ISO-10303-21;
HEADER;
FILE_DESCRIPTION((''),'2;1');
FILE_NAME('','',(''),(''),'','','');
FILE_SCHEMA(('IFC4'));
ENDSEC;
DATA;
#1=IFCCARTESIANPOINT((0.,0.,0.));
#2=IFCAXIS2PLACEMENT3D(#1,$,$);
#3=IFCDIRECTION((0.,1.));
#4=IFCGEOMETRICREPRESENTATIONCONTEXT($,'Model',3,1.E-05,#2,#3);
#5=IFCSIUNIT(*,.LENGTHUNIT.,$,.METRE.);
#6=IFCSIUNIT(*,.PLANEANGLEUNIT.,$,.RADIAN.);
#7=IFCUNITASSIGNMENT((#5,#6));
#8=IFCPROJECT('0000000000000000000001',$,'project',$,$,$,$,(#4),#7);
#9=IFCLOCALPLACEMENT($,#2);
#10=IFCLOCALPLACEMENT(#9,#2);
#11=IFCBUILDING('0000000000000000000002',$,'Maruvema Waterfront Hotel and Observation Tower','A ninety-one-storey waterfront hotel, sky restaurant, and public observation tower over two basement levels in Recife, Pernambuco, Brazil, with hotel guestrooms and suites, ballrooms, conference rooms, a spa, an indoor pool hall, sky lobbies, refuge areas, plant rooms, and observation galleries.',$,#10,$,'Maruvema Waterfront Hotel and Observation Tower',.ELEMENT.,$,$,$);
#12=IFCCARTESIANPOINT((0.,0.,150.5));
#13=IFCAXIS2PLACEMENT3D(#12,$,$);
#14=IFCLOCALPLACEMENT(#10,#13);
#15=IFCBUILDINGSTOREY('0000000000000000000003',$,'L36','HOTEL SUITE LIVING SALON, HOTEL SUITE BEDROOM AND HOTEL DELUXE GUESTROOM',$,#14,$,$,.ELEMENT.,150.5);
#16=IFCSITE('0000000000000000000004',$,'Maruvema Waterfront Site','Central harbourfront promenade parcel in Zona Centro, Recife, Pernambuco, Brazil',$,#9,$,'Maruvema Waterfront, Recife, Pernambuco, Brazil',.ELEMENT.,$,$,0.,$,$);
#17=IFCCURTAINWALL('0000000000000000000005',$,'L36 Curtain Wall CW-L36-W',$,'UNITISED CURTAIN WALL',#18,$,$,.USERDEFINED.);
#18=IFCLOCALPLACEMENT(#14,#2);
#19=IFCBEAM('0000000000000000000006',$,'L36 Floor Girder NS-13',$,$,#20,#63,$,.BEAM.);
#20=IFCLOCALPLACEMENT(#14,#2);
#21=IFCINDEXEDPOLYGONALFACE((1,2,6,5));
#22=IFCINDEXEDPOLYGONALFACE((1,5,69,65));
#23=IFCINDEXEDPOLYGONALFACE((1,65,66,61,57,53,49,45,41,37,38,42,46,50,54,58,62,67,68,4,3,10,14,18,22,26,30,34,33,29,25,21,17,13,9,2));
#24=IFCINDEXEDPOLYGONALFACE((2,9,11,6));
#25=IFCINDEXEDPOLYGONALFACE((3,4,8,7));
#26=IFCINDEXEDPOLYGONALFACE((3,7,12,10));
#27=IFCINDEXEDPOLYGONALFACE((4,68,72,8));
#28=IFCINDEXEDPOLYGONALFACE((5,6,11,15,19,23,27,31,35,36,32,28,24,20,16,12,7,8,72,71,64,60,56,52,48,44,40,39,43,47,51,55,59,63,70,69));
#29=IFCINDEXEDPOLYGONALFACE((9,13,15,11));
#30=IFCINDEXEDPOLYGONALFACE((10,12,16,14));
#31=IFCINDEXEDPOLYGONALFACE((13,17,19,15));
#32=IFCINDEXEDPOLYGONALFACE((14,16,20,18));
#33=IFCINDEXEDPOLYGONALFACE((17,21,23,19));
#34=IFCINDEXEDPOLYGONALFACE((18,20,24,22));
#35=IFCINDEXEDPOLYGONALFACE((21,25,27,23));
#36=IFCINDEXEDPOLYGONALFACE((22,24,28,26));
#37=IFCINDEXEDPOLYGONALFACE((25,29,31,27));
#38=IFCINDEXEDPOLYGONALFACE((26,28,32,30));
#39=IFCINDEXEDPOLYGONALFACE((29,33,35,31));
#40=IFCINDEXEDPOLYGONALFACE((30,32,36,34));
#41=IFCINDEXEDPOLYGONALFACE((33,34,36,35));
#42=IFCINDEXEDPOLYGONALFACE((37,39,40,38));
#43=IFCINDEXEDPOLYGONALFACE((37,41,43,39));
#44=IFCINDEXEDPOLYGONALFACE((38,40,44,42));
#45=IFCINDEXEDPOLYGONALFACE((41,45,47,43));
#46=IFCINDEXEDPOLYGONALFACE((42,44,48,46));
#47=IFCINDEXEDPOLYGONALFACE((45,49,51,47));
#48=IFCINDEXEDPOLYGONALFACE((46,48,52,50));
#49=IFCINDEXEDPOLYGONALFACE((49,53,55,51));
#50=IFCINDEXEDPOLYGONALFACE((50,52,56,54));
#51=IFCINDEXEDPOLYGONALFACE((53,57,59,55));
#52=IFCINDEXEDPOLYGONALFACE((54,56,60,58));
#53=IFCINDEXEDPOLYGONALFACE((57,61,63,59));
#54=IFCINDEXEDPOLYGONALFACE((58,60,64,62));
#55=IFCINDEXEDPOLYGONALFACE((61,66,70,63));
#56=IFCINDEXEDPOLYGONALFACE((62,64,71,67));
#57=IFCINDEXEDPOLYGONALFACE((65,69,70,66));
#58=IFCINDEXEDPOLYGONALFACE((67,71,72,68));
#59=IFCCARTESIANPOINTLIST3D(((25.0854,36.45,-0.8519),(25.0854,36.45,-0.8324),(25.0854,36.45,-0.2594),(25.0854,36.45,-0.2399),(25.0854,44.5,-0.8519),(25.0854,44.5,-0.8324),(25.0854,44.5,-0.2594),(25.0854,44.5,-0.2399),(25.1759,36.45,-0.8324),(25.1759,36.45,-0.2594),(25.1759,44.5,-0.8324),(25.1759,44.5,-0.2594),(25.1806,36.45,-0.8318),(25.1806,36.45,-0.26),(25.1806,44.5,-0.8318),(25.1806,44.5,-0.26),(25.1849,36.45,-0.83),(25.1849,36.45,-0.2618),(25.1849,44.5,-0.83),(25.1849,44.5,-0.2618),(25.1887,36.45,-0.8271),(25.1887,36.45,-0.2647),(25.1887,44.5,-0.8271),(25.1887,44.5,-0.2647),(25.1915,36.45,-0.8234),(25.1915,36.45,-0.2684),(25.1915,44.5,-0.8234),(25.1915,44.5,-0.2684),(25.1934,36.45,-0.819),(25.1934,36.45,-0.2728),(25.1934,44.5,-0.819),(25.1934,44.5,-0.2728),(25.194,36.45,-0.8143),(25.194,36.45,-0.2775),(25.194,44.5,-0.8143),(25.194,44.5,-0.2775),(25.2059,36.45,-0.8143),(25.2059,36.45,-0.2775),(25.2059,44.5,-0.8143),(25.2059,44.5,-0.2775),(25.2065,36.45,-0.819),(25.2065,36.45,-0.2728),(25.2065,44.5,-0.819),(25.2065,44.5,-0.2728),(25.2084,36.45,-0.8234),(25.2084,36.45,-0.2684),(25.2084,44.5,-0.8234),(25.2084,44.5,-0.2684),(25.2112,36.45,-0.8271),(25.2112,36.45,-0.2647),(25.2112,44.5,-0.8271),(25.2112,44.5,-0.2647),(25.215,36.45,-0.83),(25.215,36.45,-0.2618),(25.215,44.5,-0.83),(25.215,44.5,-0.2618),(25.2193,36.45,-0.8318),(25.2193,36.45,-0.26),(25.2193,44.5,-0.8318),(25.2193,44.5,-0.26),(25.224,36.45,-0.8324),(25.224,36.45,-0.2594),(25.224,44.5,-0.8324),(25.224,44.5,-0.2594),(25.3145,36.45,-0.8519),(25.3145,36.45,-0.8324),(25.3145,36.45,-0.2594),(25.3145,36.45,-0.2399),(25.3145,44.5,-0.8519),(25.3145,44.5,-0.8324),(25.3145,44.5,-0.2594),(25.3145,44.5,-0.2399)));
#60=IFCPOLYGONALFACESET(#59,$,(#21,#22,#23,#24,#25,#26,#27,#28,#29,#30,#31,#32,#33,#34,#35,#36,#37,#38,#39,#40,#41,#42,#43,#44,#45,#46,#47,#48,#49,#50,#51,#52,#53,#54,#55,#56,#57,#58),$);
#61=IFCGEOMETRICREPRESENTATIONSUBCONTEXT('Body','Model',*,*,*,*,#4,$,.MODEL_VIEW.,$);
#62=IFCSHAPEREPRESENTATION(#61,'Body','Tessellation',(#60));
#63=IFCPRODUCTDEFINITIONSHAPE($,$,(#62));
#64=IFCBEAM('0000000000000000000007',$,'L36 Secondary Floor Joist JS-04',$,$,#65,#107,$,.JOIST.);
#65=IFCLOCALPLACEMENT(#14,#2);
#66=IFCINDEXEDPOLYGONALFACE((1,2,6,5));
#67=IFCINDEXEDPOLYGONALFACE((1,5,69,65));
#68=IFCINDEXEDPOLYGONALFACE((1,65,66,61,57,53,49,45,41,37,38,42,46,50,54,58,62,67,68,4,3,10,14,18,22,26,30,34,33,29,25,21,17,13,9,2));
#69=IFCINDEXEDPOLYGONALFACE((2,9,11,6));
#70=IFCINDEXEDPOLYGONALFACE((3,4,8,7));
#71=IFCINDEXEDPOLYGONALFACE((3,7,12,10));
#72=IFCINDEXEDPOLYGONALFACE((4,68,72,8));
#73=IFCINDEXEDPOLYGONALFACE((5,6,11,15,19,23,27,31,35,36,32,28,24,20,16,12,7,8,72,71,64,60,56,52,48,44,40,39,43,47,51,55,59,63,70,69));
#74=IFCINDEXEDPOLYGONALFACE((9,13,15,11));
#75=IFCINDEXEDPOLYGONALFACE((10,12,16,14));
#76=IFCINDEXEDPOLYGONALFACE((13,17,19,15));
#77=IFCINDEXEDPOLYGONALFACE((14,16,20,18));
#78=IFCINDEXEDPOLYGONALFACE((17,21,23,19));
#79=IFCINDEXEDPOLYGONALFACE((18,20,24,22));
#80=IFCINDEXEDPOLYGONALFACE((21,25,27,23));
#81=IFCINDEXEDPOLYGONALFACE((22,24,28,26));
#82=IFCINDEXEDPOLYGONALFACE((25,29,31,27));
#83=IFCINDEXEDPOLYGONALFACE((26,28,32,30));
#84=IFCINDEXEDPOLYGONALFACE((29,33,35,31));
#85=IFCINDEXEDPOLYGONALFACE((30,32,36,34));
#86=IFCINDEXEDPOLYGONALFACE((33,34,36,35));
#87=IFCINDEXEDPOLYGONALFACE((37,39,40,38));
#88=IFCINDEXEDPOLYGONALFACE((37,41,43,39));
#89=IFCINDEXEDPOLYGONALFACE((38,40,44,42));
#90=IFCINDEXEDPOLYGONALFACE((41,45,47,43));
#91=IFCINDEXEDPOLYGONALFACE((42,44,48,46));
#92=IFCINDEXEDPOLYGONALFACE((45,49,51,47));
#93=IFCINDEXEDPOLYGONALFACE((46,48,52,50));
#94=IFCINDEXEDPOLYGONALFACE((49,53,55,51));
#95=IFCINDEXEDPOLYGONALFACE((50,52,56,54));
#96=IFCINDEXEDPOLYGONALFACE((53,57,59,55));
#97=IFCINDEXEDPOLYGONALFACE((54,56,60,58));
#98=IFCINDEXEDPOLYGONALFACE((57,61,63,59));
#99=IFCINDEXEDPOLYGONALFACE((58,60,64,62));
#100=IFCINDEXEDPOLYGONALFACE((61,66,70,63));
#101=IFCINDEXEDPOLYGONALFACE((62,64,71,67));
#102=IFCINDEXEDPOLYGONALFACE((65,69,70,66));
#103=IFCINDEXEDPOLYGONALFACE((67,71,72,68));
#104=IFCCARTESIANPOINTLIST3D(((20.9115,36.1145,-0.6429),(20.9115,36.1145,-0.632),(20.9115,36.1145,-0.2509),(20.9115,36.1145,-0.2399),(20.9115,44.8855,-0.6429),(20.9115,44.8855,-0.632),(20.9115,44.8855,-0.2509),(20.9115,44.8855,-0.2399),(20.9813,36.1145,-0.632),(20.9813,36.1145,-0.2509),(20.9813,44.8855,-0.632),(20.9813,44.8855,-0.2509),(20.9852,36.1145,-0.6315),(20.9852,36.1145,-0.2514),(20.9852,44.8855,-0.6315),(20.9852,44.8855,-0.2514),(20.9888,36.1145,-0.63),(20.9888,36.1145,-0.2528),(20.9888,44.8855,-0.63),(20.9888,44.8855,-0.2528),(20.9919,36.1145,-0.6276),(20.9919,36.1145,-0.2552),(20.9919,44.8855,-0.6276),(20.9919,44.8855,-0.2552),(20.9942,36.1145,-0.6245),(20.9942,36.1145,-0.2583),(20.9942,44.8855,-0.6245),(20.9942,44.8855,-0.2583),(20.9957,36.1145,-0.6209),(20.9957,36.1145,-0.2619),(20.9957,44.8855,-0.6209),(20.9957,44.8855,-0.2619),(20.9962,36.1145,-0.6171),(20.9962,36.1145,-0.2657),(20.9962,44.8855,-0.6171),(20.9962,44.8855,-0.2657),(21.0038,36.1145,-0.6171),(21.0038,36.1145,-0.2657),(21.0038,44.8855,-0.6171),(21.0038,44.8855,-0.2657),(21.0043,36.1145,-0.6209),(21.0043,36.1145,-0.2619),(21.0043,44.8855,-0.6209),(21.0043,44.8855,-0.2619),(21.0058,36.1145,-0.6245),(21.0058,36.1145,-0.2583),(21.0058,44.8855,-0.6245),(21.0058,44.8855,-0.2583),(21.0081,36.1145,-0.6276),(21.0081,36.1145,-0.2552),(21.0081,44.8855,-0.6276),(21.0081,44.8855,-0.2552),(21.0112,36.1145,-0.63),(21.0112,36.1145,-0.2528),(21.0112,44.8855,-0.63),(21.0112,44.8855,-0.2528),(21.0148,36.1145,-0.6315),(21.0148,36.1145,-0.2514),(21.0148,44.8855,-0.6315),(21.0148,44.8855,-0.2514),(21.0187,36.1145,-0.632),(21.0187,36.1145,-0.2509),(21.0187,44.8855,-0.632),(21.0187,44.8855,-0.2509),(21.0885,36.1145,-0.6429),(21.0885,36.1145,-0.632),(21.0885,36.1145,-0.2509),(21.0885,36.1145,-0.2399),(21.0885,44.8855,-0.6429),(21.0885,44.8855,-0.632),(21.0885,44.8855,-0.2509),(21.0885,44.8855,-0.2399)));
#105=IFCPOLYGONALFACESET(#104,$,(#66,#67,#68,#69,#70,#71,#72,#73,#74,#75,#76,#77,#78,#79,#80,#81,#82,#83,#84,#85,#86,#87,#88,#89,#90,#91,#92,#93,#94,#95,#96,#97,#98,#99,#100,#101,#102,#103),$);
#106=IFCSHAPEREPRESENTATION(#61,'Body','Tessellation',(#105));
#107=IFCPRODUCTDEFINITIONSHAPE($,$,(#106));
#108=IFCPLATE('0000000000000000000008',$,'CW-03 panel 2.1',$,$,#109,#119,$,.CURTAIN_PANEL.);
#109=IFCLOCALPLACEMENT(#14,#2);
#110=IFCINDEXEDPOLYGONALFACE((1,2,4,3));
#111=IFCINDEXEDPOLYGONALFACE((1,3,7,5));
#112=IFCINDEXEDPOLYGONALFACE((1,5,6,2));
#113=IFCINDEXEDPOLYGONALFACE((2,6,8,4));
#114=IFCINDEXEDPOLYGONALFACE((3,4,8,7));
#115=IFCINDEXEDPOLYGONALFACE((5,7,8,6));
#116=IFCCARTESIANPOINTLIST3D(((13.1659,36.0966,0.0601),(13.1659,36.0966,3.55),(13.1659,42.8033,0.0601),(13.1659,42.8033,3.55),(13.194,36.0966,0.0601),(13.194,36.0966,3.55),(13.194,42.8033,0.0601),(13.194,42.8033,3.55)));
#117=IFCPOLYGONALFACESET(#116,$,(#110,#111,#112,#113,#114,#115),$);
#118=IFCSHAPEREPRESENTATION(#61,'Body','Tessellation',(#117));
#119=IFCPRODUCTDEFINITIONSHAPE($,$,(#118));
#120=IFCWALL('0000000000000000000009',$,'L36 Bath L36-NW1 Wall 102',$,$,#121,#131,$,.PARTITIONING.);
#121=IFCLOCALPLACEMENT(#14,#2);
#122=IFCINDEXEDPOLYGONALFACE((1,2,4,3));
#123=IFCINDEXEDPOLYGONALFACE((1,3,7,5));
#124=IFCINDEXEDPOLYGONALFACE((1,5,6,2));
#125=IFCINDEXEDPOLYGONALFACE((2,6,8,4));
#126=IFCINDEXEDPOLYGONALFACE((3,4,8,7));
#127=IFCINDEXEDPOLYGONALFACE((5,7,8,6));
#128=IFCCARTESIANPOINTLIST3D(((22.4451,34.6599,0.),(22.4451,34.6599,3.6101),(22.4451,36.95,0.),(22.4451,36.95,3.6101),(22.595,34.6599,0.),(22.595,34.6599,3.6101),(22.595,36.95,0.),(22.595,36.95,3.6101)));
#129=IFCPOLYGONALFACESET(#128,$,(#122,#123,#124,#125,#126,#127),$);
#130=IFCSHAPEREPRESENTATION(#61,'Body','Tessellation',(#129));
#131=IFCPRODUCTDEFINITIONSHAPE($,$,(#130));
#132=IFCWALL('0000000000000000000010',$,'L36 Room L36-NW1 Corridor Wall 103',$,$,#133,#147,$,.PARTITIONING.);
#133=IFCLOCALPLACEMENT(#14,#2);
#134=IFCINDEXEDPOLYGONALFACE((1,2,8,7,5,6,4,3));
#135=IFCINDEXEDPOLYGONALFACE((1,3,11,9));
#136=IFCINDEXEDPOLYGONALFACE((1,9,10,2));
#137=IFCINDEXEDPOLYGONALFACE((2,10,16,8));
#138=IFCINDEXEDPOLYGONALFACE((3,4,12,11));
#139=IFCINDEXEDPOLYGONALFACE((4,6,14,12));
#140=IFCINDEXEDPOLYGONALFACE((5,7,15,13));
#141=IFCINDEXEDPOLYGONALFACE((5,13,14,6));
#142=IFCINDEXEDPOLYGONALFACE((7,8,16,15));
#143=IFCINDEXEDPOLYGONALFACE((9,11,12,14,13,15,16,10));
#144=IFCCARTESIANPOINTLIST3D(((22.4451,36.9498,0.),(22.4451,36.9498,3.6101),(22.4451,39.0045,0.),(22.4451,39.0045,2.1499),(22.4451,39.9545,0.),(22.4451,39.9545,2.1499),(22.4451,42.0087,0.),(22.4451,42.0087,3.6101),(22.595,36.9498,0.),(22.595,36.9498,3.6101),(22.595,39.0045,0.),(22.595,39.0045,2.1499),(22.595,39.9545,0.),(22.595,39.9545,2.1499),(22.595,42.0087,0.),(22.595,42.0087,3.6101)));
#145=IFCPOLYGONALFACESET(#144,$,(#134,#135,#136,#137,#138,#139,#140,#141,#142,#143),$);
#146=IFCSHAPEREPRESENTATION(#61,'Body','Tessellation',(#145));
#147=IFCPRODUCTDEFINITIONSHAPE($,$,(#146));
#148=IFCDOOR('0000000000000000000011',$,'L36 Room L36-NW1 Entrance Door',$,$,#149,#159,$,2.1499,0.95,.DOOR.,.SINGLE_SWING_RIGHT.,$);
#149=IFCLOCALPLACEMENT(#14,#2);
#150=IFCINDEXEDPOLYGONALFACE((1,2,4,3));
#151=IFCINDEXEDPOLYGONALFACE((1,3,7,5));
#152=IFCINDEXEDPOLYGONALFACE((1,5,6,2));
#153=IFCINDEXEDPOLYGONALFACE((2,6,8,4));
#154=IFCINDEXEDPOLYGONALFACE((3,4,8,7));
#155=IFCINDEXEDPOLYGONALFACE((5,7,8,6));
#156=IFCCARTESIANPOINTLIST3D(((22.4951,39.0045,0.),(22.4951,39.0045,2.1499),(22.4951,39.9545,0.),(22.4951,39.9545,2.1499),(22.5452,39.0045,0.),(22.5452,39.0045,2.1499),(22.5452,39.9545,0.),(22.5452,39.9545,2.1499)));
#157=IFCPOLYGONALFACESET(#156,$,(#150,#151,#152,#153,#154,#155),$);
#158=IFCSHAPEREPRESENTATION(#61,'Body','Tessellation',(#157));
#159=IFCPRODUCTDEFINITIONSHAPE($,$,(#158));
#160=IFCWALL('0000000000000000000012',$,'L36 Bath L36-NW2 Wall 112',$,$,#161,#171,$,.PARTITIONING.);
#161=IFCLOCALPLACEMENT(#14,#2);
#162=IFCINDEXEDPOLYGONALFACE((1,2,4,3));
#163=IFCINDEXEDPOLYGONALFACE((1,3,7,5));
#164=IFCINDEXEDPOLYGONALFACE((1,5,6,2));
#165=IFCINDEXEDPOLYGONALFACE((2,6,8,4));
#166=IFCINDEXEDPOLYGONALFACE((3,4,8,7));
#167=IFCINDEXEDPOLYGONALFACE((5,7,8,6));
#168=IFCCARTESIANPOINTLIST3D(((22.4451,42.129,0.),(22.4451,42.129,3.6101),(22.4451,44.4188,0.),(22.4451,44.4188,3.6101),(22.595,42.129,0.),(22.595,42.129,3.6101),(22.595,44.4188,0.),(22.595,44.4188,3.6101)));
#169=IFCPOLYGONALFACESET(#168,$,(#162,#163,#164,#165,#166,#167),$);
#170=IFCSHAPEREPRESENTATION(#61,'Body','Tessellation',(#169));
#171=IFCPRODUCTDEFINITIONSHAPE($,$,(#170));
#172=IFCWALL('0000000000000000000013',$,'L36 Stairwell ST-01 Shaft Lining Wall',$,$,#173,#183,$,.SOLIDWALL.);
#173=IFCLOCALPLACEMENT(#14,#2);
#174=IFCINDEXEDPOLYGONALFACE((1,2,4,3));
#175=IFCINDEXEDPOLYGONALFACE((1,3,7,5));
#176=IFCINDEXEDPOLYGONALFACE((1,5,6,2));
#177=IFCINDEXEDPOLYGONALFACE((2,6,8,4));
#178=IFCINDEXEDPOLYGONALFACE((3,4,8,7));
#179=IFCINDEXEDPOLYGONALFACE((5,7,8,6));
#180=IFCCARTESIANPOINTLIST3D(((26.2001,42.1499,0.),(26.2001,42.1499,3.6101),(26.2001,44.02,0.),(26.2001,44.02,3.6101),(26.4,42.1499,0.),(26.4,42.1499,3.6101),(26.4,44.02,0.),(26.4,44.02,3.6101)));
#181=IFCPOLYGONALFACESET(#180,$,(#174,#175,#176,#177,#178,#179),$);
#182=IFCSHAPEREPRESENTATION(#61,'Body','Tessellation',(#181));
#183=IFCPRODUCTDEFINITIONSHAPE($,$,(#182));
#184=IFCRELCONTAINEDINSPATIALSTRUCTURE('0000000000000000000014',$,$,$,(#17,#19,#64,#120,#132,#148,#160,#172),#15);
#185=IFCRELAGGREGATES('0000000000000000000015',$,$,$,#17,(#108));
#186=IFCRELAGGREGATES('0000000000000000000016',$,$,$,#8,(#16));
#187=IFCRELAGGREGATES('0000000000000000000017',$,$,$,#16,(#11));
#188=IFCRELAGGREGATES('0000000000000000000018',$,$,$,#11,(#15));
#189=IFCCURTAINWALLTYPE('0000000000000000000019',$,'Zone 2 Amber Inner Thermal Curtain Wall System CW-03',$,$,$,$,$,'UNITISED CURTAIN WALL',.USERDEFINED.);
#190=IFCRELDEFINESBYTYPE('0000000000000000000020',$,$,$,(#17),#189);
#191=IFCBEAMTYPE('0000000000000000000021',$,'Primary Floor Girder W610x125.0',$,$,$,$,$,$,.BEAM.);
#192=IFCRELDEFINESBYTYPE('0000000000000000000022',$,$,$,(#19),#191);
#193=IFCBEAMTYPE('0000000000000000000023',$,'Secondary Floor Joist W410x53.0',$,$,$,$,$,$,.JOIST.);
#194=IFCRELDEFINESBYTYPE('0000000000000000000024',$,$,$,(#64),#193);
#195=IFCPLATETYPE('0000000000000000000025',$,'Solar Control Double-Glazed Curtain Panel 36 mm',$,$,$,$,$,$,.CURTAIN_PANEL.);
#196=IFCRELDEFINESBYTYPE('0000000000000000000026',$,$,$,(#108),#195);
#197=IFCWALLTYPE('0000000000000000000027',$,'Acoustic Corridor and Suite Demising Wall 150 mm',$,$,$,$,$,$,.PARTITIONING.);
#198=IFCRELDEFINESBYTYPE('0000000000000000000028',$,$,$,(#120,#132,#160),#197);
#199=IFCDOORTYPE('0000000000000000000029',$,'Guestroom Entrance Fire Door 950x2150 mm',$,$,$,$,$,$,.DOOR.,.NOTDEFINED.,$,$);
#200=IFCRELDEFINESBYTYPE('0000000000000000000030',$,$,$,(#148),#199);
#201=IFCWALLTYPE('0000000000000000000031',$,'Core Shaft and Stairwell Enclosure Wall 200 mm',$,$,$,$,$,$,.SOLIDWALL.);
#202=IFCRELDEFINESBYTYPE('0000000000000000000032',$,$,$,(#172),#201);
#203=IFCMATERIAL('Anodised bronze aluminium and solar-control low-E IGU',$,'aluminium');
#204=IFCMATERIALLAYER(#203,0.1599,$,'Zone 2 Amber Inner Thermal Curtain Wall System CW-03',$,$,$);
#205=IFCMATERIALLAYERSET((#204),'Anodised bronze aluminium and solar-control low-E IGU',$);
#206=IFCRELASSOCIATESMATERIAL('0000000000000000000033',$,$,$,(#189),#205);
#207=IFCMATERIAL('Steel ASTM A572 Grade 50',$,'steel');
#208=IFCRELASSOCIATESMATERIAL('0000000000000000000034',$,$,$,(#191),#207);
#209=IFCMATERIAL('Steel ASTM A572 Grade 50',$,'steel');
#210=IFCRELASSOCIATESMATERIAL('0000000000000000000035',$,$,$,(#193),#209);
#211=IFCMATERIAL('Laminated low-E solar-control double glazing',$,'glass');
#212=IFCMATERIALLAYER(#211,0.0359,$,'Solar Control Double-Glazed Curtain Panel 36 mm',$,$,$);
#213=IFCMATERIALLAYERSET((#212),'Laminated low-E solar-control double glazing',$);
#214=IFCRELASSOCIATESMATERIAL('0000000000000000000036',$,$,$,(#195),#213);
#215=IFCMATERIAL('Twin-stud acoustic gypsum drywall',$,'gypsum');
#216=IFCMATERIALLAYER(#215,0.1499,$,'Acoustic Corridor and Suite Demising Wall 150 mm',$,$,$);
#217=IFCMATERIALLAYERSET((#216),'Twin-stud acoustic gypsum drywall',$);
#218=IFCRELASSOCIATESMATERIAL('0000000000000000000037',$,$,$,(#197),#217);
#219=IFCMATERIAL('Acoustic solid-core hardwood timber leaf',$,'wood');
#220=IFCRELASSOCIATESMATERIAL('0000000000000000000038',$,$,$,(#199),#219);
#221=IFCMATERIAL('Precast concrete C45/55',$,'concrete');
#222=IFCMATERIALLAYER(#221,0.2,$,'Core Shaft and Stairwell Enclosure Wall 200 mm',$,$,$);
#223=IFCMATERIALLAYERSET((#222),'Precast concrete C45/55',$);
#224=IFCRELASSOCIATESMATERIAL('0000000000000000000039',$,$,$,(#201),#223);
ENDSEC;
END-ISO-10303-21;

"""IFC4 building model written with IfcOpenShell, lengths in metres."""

from ifc_helpers import new_model, si_unit, direction, frame, frame_2d, origin, origin_2d, place, context, subcontext, project, spatial, rectangle, i_section, extrude, material, layer, layer_set, material_profile, profile_set, type_object, element, fill, aggregate, save


model = new_model("IFC4")

# Units and contexts
model_context = context("Model", 3, precision=1e-05, world=origin(), true_north=direction((0.0, 1.0)))
body_context = subcontext(model_context, "Body", "Model", "MODEL_VIEW")
ifc_project = project(units=[si_unit("LENGTHUNIT", "METRE"), si_unit("PLANEANGLEUNIT", "RADIAN")], contexts=[model_context])

# Site, building, storey
site_placement = place(None, origin())
site = spatial("IfcSite", under=ifc_project, at=site_placement, Name="Maruvema Waterfront Site", Description="Central harbourfront promenade parcel in Zona Centro, Recife, Pernambuco, Brazil", LongName="Maruvema Waterfront, Recife, Pernambuco, Brazil", CompositionType="ELEMENT", RefElevation=0.0)
building_placement = place(site_placement, origin())
building = spatial("IfcBuilding", under=site, at=building_placement, Name="Maruvema Waterfront Hotel and Observation Tower", Description="A ninety-one-storey waterfront hotel, sky restaurant, and public observation tower over two basement levels in Recife, Pernambuco, Brazil, with hotel guestrooms and suites, ballrooms, conference rooms, a spa, an indoor pool hall, sky lobbies, refuge areas, plant rooms, and observation galleries.", LongName="Maruvema Waterfront Hotel and Observation Tower", CompositionType="ELEMENT")
storey_placement = place(building_placement, frame((0.0, 0.0, 150.5)))
storey = spatial("IfcBuildingStorey", under=building, at=storey_placement, Name="L36", Description="HOTEL SUITE LIVING SALON, HOTEL SUITE BEDROOM AND HOTEL DELUXE GUESTROOM", CompositionType="ELEMENT", Elevation=150.5)

# Curtain wall
ifc_material_1 = material(Name="Anodised bronze aluminium and solar-control low-E IGU", Category="aluminium")
ifc_layer_1 = layer(ifc_material_1, 0.1599, Name="Zone 2 Amber Inner Thermal Curtain Wall System CW-03")
ifc_layer_set_1 = layer_set([ifc_layer_1], Name="Anodised bronze aluminium and solar-control low-E IGU")
curtain_wall_type = type_object("IfcCurtainWallType", Name="Zone 2 Amber Inner Thermal Curtain Wall System CW-03", ElementType="UNITISED CURTAIN WALL", PredefinedType="USERDEFINED", material=ifc_layer_set_1)
curtain_wall_placement = place(storey_placement, origin())
curtain_wall = element("IfcCurtainWall", 1, at=curtain_wall_placement, inside=storey, type_object=curtain_wall_type, Name="L36 Curtain Wall CW-L36-W", ObjectType="UNITISED CURTAIN WALL", PredefinedType="USERDEFINED")

# Beams
ifc_material_2 = material(Name="Steel ASTM A572 Grade 50", Category="steel")
ifc_material_profile_1 = material_profile(ifc_material_2, i_section(OverallWidth=0.229, OverallDepth=0.6121, WebThickness=0.012, FlangeThickness=0.0195, FilletRadius=0.0181, at=origin_2d()), Name="W610x125.0")
ifc_profile_set_1 = profile_set([ifc_material_profile_1], Name="Steel ASTM A572 Grade 50")
beam_type_1 = type_object("IfcBeamType", Name="Primary Floor Girder W610x125.0", PredefinedType="BEAM", material=ifc_profile_set_1)
beam_1_placement = place(storey_placement, frame((25.2, 36.45, -0.5459), z_axis=(0.0, 1.0, 0.0), x_axis=(-1.0, 0.0, 0.0)))
element("IfcBeam", 2, at=beam_1_placement, inside=storey, type_object=beam_type_1, Name="L36 Floor Girder NS-13", PredefinedType="BEAM", context=body_context, shape_type="SweptSolid", body=[
    extrude(i_section(OverallWidth=0.229, OverallDepth=0.6121, WebThickness=0.012, FlangeThickness=0.0195, FilletRadius=0.0181, at=origin_2d()), origin(), (0.0, 0.0, 1.0), 8.05),
])
ifc_material_3 = material(Name="Steel ASTM A572 Grade 50", Category="steel")
ifc_material_profile_2 = material_profile(ifc_material_3, i_section(OverallWidth=0.177, OverallDepth=0.4031, WebThickness=0.0076, FlangeThickness=0.011, FilletRadius=0.0149, at=origin_2d()), Name="W410x53.0")
ifc_profile_set_2 = profile_set([ifc_material_profile_2], Name="Steel ASTM A572 Grade 50")
beam_type_2 = type_object("IfcBeamType", Name="Secondary Floor Joist W410x53.0", PredefinedType="JOIST", material=ifc_profile_set_2)
beam_2_placement = place(storey_placement, frame((21.0, 36.1145, -0.4414), z_axis=(0.0, 1.0, 0.0), x_axis=(-1.0, 0.0, 0.0)))
element("IfcBeam", 3, at=beam_2_placement, inside=storey, type_object=beam_type_2, Name="L36 Secondary Floor Joist JS-04", PredefinedType="JOIST", context=body_context, shape_type="SweptSolid", body=[
    extrude(i_section(OverallWidth=0.177, OverallDepth=0.4031, WebThickness=0.0076, FlangeThickness=0.011, FilletRadius=0.0149, at=origin_2d()), origin(), (0.0, 0.0, 1.0), 8.771),
])

# Plate
ifc_material_4 = material(Name="Laminated low-E solar-control double glazing", Category="glass")
ifc_layer_2 = layer(ifc_material_4, 0.0359, Name="Solar Control Double-Glazed Curtain Panel 36 mm")
ifc_layer_set_2 = layer_set([ifc_layer_2], Name="Laminated low-E solar-control double glazing")
plate_type = type_object("IfcPlateType", Name="Solar Control Double-Glazed Curtain Panel 36 mm", PredefinedType="CURTAIN_PANEL", material=ifc_layer_set_2)
plate_placement = place(storey_placement, frame((13.1799, 39.45, 0.0601), z_axis=(0.0, 0.0, 1.0), x_axis=(0.0, -1.0, 0.0)))
plate = element("IfcPlate", 4, at=plate_placement, type_object=plate_type, Name="CW-03 panel 2.1", PredefinedType="CURTAIN_PANEL", context=body_context, shape_type="SweptSolid", body=[
    extrude(rectangle(XDim=6.7068, YDim=0.0281, at=origin_2d()), origin(), (0.0, 0.0, 1.0), 3.49),
])
aggregate(curtain_wall, [plate])

# Wall
ifc_material_5 = material(Name="Twin-stud acoustic gypsum drywall", Category="gypsum")
ifc_layer_3 = layer(ifc_material_5, 0.1499, Name="Acoustic Corridor and Suite Demising Wall 150 mm")
ifc_layer_set_3 = layer_set([ifc_layer_3], Name="Twin-stud acoustic gypsum drywall")
wall_type_1 = type_object("IfcWallType", Name="Acoustic Corridor and Suite Demising Wall 150 mm", PredefinedType="PARTITIONING", material=ifc_layer_set_3)
wall_1_placement = place(storey_placement, frame((22.52, 34.6599, 0.0), z_axis=(0.0, 0.0, 1.0), x_axis=(0.0, 1.0, 0.0)))
element("IfcWall", 5, at=wall_1_placement, inside=storey, type_object=wall_type_1, Name="L36 Bath L36-NW1 Wall 102", PredefinedType="PARTITIONING", context=body_context, shape_type="SweptSolid", body=[
    extrude(rectangle(XDim=2.29, YDim=0.1499, at=frame_2d((1.145, 0.0))), origin(), (0.0, 0.0, 1.0), 3.6101),
])

# Wall, opening, door
wall_2_placement = place(storey_placement, frame((22.52, 36.95, 0.0), z_axis=(0.0, 0.0, 1.0), x_axis=(0.0, 1.0, 0.0)))
wall_2 = element("IfcWall", 6, at=wall_2_placement, inside=storey, type_object=wall_type_1, Name="L36 Room L36-NW1 Corridor Wall 103", PredefinedType="PARTITIONING", context=body_context, shape_type="SweptSolid", body=[
    extrude(rectangle(XDim=5.0588, YDim=0.1499, at=frame_2d((2.5293, 0.0))), origin(), (0.0, 0.0, 1.0), 3.6101),
])
opening_1_placement = place(wall_2_placement, frame((2.0544, 0.0, 0.0)))
opening_1 = element("IfcOpeningElement", 7, at=opening_1_placement, cuts=wall_2, PredefinedType="OPENING", context=body_context, shape_type="SweptSolid", body=[
    extrude(rectangle(XDim=0.95, YDim=2.1499, at=frame_2d((0.4751, 1.075))), frame((0.0, 0.085, 0.0), z_axis=(0.0, -1.0, 0.0), x_axis=(1.0, 0.0, 0.0)), (0.0, 0.0, 1.0), 0.1699),
])
ifc_material_6 = material(Name="Acoustic solid-core hardwood timber leaf", Category="wood")
door_type_1 = type_object("IfcDoorType", Name="Guestroom Entrance Fire Door 950x2150 mm", OperationType="NOTDEFINED", PredefinedType="DOOR", material=ifc_material_6)
door_1_placement = place(opening_1_placement, origin())
door_1 = element("IfcDoor", 8, at=door_1_placement, inside=storey, type_object=door_type_1, Name="L36 Room L36-NW1 Entrance Door", OperationType="SINGLE_SWING_RIGHT", OverallHeight=2.1499, OverallWidth=0.95, PredefinedType="DOOR", context=body_context, shape_type="SweptSolid", body=[
    extrude(rectangle(XDim=0.95, YDim=2.1499, at=frame_2d((0.4751, 1.075))), frame((0.0, 0.0249, 0.0), z_axis=(0.0, -1.0, 0.0), x_axis=(1.0, 0.0, 0.0)), (0.0, 0.0, 1.0), 0.05),
])
fill(opening_1, door_1)

# Walls
wall_3_placement = place(storey_placement, frame((22.52, 42.1289, 0.0), z_axis=(0.0, 0.0, 1.0), x_axis=(0.0, 1.0, 0.0)))
element("IfcWall", 9, at=wall_3_placement, inside=storey, type_object=wall_type_1, Name="L36 Bath L36-NW2 Wall 112", PredefinedType="PARTITIONING", context=body_context, shape_type="SweptSolid", body=[
    extrude(rectangle(XDim=2.2898, YDim=0.1499, at=frame_2d((1.145, 0.0))), origin(), (0.0, 0.0, 1.0), 3.6101),
])
ifc_material_7 = material(Name="Precast concrete C45/55", Category="concrete")
ifc_layer_4 = layer(ifc_material_7, 0.2, Name="Core Shaft and Stairwell Enclosure Wall 200 mm")
ifc_layer_set_4 = layer_set([ifc_layer_4], Name="Precast concrete C45/55")
wall_type_2 = type_object("IfcWallType", Name="Core Shaft and Stairwell Enclosure Wall 200 mm", PredefinedType="SOLIDWALL", material=ifc_layer_set_4)
wall_4_placement = place(storey_placement, frame((26.3, 42.1499, 0.0), z_axis=(0.0, 0.0, 1.0), x_axis=(0.0, 1.0, 0.0)))
element("IfcWall", 10, at=wall_4_placement, inside=storey, type_object=wall_type_2, Name="L36 Stairwell ST-01 Shaft Lining Wall", PredefinedType="SOLIDWALL", context=body_context, shape_type="SweptSolid", body=[
    extrude(rectangle(XDim=1.8701, YDim=0.2, at=frame_2d((0.9351, 0.0))), origin(), (0.0, 0.0, 1.0), 3.6101),
])

save(model, "model.ifc")
